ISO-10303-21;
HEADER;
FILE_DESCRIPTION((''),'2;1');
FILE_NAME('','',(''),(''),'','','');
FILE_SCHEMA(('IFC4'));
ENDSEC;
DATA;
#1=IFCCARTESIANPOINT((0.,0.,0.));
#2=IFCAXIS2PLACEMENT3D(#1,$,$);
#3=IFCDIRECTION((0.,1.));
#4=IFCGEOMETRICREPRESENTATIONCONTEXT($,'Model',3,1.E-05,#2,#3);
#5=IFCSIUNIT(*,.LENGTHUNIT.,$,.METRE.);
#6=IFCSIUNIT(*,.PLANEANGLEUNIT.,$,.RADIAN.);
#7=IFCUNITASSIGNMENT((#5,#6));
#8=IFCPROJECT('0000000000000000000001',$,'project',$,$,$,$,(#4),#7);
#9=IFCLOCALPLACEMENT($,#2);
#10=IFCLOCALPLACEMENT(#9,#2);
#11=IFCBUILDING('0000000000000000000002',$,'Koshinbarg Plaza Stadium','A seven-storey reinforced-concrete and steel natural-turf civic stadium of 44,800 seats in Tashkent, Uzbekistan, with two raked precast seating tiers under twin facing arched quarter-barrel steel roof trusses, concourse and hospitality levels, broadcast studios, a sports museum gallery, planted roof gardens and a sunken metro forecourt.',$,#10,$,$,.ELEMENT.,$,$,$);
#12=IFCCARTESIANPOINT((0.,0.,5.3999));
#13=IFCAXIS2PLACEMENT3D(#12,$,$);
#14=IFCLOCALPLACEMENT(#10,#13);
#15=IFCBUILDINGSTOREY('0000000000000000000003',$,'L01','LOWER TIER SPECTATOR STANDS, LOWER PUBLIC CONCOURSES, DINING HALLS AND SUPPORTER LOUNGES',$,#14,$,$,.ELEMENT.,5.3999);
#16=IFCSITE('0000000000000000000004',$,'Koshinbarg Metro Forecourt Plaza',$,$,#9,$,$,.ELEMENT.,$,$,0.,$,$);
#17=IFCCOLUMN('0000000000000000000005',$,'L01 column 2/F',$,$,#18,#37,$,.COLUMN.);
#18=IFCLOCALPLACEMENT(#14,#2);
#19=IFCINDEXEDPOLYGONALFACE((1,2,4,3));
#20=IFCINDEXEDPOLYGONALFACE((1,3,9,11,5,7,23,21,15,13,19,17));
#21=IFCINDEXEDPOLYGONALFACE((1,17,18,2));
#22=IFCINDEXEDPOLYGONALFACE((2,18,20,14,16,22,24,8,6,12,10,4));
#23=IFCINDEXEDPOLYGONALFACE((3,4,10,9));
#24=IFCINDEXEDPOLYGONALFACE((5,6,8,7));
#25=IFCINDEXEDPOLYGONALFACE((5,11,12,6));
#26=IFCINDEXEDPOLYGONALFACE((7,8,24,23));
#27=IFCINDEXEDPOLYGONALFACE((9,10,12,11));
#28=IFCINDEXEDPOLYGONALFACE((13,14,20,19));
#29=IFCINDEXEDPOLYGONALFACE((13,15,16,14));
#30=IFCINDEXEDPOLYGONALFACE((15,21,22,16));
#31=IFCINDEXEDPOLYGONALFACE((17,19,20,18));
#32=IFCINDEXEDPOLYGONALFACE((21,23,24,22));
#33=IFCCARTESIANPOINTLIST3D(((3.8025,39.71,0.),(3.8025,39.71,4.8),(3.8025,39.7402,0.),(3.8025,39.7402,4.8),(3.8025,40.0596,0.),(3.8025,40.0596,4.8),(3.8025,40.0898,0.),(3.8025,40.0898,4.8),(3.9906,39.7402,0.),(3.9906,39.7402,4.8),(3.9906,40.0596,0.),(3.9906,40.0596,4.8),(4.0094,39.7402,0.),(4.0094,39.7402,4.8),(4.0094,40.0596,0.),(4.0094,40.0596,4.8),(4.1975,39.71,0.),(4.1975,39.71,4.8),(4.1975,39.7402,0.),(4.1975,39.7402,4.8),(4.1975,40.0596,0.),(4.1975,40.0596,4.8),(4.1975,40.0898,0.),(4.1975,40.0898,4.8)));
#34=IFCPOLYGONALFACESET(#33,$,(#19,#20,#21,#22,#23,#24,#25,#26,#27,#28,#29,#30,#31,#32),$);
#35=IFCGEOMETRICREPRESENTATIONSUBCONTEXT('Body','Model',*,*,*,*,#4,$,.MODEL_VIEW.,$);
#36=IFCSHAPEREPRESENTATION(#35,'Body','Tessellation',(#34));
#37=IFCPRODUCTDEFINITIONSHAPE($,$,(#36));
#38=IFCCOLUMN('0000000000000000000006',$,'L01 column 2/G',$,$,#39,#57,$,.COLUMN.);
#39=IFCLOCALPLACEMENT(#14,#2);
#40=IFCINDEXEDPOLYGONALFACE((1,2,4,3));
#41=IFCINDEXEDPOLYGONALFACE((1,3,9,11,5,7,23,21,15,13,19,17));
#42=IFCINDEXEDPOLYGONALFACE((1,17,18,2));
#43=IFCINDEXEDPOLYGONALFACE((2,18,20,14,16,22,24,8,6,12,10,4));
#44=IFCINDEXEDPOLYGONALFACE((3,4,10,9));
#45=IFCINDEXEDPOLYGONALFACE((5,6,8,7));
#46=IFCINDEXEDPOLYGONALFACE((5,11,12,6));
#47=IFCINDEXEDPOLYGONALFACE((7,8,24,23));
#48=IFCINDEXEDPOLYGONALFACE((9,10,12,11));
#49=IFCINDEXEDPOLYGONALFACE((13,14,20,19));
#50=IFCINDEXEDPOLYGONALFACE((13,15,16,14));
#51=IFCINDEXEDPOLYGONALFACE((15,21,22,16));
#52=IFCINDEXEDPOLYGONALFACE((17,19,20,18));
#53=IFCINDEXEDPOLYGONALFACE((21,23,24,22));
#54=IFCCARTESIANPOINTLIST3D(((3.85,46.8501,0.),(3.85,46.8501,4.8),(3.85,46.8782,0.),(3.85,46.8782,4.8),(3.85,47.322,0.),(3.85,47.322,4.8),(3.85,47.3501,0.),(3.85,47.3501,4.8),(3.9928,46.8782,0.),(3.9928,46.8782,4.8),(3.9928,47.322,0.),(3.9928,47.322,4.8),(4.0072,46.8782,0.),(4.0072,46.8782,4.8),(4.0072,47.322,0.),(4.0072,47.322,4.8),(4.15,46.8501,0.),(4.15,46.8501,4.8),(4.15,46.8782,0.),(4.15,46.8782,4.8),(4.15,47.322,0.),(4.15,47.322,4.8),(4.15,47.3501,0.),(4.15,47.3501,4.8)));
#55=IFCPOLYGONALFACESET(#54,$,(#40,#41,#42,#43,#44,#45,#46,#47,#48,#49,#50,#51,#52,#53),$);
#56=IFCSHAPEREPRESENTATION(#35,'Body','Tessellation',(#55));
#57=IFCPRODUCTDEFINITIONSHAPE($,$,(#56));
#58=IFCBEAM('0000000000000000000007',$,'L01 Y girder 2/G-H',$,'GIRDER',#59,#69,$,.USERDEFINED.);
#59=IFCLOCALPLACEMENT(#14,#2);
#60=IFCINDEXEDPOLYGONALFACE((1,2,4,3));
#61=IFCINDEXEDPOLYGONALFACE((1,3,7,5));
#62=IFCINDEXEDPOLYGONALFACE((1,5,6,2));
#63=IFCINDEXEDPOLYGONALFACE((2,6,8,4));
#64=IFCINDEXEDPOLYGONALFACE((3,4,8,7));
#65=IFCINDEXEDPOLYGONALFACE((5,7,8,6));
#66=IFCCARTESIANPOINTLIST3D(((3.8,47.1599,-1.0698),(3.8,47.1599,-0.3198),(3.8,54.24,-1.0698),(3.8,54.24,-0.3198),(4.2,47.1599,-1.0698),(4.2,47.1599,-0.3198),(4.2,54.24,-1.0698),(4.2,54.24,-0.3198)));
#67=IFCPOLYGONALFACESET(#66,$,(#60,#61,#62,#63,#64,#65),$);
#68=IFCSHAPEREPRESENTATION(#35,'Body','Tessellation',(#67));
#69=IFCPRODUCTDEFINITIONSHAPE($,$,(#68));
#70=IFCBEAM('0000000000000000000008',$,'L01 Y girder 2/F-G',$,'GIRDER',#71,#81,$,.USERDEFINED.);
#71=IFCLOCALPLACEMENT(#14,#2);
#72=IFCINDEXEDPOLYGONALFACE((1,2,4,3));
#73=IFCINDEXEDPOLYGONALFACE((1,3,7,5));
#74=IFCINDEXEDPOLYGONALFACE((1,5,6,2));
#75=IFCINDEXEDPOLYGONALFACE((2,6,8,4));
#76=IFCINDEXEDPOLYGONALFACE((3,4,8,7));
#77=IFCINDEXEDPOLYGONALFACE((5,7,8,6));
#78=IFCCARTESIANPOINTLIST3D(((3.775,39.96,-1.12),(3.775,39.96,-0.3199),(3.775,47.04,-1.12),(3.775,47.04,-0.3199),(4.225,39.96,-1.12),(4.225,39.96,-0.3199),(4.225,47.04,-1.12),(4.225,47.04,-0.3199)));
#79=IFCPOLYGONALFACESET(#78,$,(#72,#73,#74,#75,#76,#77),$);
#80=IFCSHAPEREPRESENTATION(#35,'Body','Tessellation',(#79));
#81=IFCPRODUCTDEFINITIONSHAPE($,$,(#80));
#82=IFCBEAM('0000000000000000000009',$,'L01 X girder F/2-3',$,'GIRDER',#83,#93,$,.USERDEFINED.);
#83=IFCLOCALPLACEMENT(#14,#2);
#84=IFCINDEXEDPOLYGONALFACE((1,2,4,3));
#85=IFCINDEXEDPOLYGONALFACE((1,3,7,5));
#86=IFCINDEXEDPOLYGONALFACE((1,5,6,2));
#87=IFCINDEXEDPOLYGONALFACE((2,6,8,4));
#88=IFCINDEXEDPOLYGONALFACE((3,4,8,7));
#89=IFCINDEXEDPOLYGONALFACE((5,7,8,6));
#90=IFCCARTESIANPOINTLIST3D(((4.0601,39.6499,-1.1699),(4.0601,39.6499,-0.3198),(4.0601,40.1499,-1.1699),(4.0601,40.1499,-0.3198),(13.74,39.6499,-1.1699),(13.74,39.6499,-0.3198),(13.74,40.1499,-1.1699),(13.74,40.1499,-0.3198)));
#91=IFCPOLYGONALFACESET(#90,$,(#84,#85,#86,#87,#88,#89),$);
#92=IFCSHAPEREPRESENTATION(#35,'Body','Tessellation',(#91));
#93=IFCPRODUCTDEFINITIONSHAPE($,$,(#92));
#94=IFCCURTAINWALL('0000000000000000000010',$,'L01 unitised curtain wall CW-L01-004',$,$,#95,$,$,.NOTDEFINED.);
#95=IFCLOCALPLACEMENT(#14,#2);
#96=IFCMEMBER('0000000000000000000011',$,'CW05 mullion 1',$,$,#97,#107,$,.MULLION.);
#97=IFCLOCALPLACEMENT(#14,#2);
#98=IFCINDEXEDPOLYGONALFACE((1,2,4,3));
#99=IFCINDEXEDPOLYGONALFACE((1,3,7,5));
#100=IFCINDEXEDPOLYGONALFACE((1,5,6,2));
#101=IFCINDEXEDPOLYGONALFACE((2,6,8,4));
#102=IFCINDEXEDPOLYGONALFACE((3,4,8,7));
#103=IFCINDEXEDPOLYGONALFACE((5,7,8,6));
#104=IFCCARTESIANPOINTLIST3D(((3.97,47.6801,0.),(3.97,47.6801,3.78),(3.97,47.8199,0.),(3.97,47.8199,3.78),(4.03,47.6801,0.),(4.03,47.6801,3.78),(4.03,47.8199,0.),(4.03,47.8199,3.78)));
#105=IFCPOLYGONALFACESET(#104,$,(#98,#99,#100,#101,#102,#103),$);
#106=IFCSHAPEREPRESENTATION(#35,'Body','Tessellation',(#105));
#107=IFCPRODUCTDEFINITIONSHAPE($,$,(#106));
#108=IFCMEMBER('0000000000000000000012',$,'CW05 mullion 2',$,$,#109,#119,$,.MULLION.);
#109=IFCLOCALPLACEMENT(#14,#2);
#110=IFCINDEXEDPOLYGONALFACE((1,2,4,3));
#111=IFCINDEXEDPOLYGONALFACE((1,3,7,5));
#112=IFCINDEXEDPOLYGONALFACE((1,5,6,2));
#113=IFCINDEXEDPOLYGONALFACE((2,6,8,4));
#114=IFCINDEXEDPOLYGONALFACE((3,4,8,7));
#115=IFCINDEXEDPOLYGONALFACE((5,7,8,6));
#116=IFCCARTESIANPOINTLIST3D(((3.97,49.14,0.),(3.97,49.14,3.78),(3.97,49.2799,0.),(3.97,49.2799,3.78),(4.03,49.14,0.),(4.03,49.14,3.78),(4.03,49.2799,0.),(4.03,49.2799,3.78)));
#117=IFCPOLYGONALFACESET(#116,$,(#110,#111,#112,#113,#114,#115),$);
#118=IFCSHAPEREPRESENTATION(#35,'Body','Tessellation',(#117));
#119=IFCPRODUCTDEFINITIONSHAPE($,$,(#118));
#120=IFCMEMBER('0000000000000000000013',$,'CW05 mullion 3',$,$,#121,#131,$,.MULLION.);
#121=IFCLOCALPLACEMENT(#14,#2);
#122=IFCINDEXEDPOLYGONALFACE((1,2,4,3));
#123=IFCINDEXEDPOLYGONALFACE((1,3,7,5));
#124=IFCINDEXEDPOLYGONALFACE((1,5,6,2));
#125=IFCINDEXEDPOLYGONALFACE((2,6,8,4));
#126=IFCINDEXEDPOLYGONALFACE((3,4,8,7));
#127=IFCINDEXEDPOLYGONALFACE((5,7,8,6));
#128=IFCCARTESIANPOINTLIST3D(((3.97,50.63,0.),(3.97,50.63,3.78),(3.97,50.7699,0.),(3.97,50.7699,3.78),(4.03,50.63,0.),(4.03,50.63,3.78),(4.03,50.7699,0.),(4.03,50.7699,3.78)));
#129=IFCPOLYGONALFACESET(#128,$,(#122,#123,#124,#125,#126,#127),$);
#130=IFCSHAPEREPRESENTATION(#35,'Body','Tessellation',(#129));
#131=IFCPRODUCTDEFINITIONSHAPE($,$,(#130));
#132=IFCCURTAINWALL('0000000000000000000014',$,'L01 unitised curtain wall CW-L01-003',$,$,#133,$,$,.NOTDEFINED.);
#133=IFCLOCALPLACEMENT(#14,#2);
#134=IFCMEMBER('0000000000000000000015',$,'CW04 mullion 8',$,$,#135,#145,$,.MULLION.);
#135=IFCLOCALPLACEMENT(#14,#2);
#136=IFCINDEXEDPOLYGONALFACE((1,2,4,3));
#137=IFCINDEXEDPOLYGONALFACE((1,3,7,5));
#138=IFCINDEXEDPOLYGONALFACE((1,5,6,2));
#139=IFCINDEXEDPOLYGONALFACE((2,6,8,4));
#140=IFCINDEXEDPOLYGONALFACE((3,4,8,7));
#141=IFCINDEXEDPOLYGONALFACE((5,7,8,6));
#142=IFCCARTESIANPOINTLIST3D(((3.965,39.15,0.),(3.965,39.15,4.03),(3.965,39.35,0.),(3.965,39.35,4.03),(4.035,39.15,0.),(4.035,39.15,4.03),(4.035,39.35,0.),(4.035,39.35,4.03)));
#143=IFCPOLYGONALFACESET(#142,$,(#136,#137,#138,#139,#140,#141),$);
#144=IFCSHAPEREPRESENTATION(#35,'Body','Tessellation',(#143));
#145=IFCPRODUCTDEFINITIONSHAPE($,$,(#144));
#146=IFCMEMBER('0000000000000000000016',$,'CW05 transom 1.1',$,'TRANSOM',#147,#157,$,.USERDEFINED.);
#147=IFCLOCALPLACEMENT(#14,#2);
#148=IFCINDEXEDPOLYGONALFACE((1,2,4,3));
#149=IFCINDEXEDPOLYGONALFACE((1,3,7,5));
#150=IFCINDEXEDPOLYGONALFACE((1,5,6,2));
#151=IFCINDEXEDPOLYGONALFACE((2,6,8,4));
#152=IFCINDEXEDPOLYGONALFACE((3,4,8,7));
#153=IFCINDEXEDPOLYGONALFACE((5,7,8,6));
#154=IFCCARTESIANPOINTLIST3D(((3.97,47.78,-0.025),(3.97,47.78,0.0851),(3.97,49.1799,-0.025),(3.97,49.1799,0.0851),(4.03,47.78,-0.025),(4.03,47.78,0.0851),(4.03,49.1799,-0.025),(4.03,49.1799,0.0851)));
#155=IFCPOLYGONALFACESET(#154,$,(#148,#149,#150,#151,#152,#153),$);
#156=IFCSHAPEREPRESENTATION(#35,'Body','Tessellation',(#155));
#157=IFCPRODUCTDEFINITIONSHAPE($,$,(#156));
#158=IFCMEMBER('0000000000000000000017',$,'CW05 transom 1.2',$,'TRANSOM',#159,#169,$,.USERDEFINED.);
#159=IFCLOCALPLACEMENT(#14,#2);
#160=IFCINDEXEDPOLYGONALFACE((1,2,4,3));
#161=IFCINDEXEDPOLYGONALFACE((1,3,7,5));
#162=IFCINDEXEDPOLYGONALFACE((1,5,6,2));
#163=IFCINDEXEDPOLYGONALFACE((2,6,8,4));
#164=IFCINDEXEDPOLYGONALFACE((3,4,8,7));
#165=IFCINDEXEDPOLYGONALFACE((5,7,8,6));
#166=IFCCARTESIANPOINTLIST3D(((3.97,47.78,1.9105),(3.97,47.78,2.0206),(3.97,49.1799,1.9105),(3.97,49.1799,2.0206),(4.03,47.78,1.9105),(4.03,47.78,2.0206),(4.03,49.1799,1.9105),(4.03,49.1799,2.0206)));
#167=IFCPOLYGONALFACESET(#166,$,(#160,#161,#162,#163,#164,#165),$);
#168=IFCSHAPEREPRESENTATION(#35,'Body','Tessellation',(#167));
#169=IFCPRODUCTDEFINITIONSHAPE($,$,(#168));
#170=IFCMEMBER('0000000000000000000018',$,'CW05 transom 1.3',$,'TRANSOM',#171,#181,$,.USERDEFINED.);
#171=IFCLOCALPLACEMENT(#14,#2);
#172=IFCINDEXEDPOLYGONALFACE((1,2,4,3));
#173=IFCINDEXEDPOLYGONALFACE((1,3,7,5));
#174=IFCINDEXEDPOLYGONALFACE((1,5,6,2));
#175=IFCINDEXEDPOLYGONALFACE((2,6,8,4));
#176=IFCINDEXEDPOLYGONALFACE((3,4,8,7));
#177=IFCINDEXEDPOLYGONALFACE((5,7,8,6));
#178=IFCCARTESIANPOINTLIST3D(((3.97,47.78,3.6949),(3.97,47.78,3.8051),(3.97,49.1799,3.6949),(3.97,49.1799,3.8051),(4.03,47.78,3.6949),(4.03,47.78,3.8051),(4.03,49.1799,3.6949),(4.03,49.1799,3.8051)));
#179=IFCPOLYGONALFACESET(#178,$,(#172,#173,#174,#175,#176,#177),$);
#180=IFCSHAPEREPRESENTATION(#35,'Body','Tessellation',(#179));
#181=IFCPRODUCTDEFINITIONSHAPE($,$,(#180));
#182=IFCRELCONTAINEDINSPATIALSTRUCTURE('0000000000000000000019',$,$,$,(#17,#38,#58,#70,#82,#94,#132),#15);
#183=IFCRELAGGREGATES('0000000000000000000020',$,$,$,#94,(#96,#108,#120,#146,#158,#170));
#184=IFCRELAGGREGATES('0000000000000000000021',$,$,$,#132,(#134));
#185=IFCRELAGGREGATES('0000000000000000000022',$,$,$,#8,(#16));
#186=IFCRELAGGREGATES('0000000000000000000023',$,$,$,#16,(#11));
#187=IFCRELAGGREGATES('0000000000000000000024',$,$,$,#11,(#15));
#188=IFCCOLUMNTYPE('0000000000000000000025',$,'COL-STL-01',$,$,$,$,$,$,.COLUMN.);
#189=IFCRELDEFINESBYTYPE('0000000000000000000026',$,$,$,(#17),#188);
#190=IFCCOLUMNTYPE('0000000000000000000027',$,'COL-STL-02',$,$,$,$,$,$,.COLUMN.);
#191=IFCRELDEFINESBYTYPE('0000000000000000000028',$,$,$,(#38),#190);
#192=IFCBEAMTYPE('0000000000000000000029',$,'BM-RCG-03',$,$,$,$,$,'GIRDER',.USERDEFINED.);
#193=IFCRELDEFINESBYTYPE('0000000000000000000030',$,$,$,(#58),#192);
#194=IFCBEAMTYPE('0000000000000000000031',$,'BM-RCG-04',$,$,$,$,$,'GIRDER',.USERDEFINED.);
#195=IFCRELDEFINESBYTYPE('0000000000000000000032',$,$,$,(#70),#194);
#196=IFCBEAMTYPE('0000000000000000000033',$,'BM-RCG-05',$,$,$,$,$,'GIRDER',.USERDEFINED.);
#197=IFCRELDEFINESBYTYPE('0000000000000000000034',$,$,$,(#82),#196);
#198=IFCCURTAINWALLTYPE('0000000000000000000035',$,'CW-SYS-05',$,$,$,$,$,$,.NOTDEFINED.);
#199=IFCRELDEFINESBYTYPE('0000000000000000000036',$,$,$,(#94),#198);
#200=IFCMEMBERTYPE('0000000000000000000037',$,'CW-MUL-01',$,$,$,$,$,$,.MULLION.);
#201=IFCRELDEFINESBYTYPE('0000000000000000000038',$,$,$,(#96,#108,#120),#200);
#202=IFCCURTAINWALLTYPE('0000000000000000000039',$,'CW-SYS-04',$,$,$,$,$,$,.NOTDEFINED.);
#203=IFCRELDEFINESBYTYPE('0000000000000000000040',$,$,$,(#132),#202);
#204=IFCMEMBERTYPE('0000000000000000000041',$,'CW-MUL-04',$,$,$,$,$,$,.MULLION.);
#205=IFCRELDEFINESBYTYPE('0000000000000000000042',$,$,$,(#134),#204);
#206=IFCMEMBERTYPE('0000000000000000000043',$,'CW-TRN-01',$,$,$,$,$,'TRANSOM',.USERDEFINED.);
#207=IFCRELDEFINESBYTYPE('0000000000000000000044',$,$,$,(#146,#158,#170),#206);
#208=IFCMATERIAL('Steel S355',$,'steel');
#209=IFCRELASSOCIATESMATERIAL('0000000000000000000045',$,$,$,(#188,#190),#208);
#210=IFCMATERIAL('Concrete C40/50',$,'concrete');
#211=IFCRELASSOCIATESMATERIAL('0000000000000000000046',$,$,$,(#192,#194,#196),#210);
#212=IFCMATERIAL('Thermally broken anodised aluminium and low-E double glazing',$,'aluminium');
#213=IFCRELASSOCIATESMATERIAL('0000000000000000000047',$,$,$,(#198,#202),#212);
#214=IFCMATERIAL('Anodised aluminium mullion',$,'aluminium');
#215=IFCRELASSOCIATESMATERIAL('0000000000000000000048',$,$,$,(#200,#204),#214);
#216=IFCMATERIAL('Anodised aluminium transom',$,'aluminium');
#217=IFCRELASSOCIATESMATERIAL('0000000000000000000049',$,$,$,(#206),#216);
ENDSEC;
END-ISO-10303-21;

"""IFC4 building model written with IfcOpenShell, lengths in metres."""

from ifc_helpers import new_model, si_unit, direction, frame, origin, origin_2d, place, context, subcontext, project, spatial, rectangle, i_section, extrude, material, material_profile, profile_set, type_object, element, aggregate, save


model = new_model("IFC4")

# Units and contexts
model_context = context("Model", 3, precision=1e-05, world=origin(), true_north=direction((0.0, 1.0)))
body_context = subcontext(model_context, "Body", "Model", "MODEL_VIEW")
ifc_project = project(units=[si_unit("LENGTHUNIT", "METRE"), si_unit("PLANEANGLEUNIT", "RADIAN")], contexts=[model_context])

# Site, building, storey
site_placement = place(None, origin())
site = spatial("IfcSite", under=ifc_project, at=site_placement, Name="Koshinbarg Metro Forecourt Plaza", CompositionType="ELEMENT", RefElevation=0.0)
building_placement = place(site_placement, origin())
building = spatial("IfcBuilding", under=site, at=building_placement, Name="Koshinbarg Plaza Stadium", Description="A seven-storey reinforced-concrete and steel natural-turf civic stadium of 44,800 seats in Tashkent, Uzbekistan, with two raked precast seating tiers under twin facing arched quarter-barrel steel roof trusses, concourse and hospitality levels, broadcast studios, a sports museum gallery, planted roof gardens and a sunken metro forecourt.", CompositionType="ELEMENT")
storey_placement = place(building_placement, frame((0.0, 0.0, 5.3999)))
storey = spatial("IfcBuildingStorey", under=building, at=storey_placement, Name="L01", Description="LOWER TIER SPECTATOR STANDS, LOWER PUBLIC CONCOURSES, DINING HALLS AND SUPPORTER LOUNGES", CompositionType="ELEMENT", Elevation=5.3999)

# Columns
ifc_material_1 = material(Name="Steel S355", Category="steel")
ifc_material_profile_1 = material_profile(ifc_material_1, i_section(OverallWidth=0.395, OverallDepth=0.3799, WebThickness=0.0188, FlangeThickness=0.0303, at=origin_2d()), Name="HD 400x237")
ifc_profile_set_1 = profile_set([ifc_material_profile_1], Name="Steel S355")
column_type_1 = type_object("IfcColumnType", Name="COL-STL-01", PredefinedType="COLUMN", material=ifc_profile_set_1)
column_1_placement = place(storey_placement, frame((4.0, 39.8999, 0.0), z_axis=(0.0, 0.0, 1.0), x_axis=(1.0, 0.0, 0.0)))
element("IfcColumn", 1, at=column_1_placement, inside=storey, type_object=column_type_1, Name="L01 column 2/F", PredefinedType="COLUMN", context=body_context, shape_type="SweptSolid", body=[
    extrude(i_section(OverallWidth=0.395, OverallDepth=0.3799, WebThickness=0.0188, FlangeThickness=0.0303, at=origin_2d()), origin(), (0.0, 0.0, 1.0), 4.8),
])
ifc_material_profile_2 = material_profile(ifc_material_1, i_section(OverallWidth=0.3, OverallDepth=0.5, WebThickness=0.0144, FlangeThickness=0.0281, at=origin_2d()), Name="HEB 500")
ifc_profile_set_2 = profile_set([ifc_material_profile_2], Name="Steel S355")
column_type_2 = type_object("IfcColumnType", Name="COL-STL-02", PredefinedType="COLUMN", material=ifc_profile_set_2)
column_2_placement = place(storey_placement, frame((4.0, 47.1001, 0.0), z_axis=(0.0, 0.0, 1.0), x_axis=(1.0, 0.0, 0.0)))
element("IfcColumn", 2, at=column_2_placement, inside=storey, type_object=column_type_2, Name="L01 column 2/G", PredefinedType="COLUMN", context=body_context, shape_type="SweptSolid", body=[
    extrude(i_section(OverallWidth=0.3, OverallDepth=0.5, WebThickness=0.0144, FlangeThickness=0.0281, at=origin_2d()), origin(), (0.0, 0.0, 1.0), 4.8),
])

# Beams
ifc_material_2 = material(Name="Concrete C40/50", Category="concrete")
ifc_material_profile_3 = material_profile(ifc_material_2, rectangle(XDim=0.3999, YDim=0.75, at=origin_2d()), Name="RC 400x750")
ifc_profile_set_3 = profile_set([ifc_material_profile_3], Name="Concrete C40/50")
beam_type_1 = type_object("IfcBeamType", Name="BM-RCG-03", ElementType="GIRDER", PredefinedType="USERDEFINED", material=ifc_profile_set_3)
beam_1_placement = place(storey_placement, frame((4.0, 47.1599, -0.6948), z_axis=(0.0, 1.0, 0.0), x_axis=(-1.0, 0.0, 0.0)))
element("IfcBeam", 3, at=beam_1_placement, inside=storey, type_object=beam_type_1, Name="L01 Y girder 2/G-H", ObjectType="GIRDER", PredefinedType="USERDEFINED", context=body_context, shape_type="SweptSolid", body=[
    extrude(rectangle(XDim=0.3999, YDim=0.75, at=origin_2d()), origin(), (0.0, 0.0, 1.0), 7.0801),
])
ifc_material_profile_4 = material_profile(ifc_material_2, rectangle(XDim=0.45, YDim=0.8, at=origin_2d()), Name="RC 450x800")
ifc_profile_set_4 = profile_set([ifc_material_profile_4], Name="Concrete C40/50")
beam_type_2 = type_object("IfcBeamType", Name="BM-RCG-04", ElementType="GIRDER", PredefinedType="USERDEFINED", material=ifc_profile_set_4)
beam_2_placement = place(storey_placement, frame((4.0, 39.96, -0.72), z_axis=(0.0, 1.0, 0.0), x_axis=(-1.0, 0.0, 0.0)))
element("IfcBeam", 4, at=beam_2_placement, inside=storey, type_object=beam_type_2, Name="L01 Y girder 2/F-G", ObjectType="GIRDER", PredefinedType="USERDEFINED", context=body_context, shape_type="SweptSolid", body=[
    extrude(rectangle(XDim=0.45, YDim=0.8, at=origin_2d()), origin(), (0.0, 0.0, 1.0), 7.0801),
])
ifc_material_profile_5 = material_profile(ifc_material_2, rectangle(XDim=0.5, YDim=0.8501, at=origin_2d()), Name="RC 500x850")
ifc_profile_set_5 = profile_set([ifc_material_profile_5], Name="Concrete C40/50")
beam_type_3 = type_object("IfcBeamType", Name="BM-RCG-05", ElementType="GIRDER", PredefinedType="USERDEFINED", material=ifc_profile_set_5)
beam_3_placement = place(storey_placement, frame((4.0601, 39.8999, -0.7449), z_axis=(1.0, 0.0, 0.0), x_axis=(0.0, 1.0, 0.0)))
element("IfcBeam", 5, at=beam_3_placement, inside=storey, type_object=beam_type_3, Name="L01 X girder F/2-3", ObjectType="GIRDER", PredefinedType="USERDEFINED", context=body_context, shape_type="SweptSolid", body=[
    extrude(rectangle(XDim=0.5, YDim=0.8501, at=origin_2d()), origin(), (0.0, 0.0, 1.0), 9.6799),
])

# Curtain wall, members
ifc_material_3 = material(Name="Thermally broken anodised aluminium and low-E double glazing", Category="aluminium")
curtain_wall_type_1 = type_object("IfcCurtainWallType", Name="CW-SYS-05", PredefinedType="NOTDEFINED", material=ifc_material_3)
curtain_wall_1_placement = place(storey_placement, origin())
curtain_wall_1 = element("IfcCurtainWall", 6, at=curtain_wall_1_placement, inside=storey, type_object=curtain_wall_type_1, Name="L01 unitised curtain wall CW-L01-004", PredefinedType="NOTDEFINED")
ifc_material_4 = material(Name="Anodised aluminium mullion", Category="aluminium")
ifc_material_profile_6 = material_profile(ifc_material_4, rectangle(XDim=0.0601, YDim=0.1399, at=origin_2d()), Name="ALU 60x140")
ifc_profile_set_6 = profile_set([ifc_material_profile_6], Name="Anodised aluminium mullion")
member_type_1 = type_object("IfcMemberType", Name="CW-MUL-01", PredefinedType="MULLION", material=ifc_profile_set_6)
member_1_placement = place(storey_placement, frame((4.0, 47.75, 0.0), z_axis=(0.0, 0.0, 1.0), x_axis=(-1.0, 0.0, 0.0)))
member_1 = element("IfcMember", 7, at=member_1_placement, type_object=member_type_1, Name="CW05 mullion 1", PredefinedType="MULLION", context=body_context, shape_type="SweptSolid", body=[
    extrude(rectangle(XDim=0.0601, YDim=0.1399, at=origin_2d()), origin(), (0.0, 0.0, 1.0), 3.78),
])
member_2_placement = place(storey_placement, frame((4.0, 49.21, 0.0), z_axis=(0.0, 0.0, 1.0), x_axis=(-1.0, 0.0, 0.0)))
member_2 = element("IfcMember", 8, at=member_2_placement, type_object=member_type_1, Name="CW05 mullion 2", PredefinedType="MULLION", context=body_context, shape_type="SweptSolid", body=[
    extrude(rectangle(XDim=0.0601, YDim=0.1399, at=origin_2d()), origin(), (0.0, 0.0, 1.0), 3.78),
])
member_3_placement = place(storey_placement, frame((4.0, 50.7, 0.0), z_axis=(0.0, 0.0, 1.0), x_axis=(-1.0, 0.0, 0.0)))
member_3 = element("IfcMember", 9, at=member_3_placement, type_object=member_type_1, Name="CW05 mullion 3", PredefinedType="MULLION", context=body_context, shape_type="SweptSolid", body=[
    extrude(rectangle(XDim=0.0601, YDim=0.1399, at=origin_2d()), origin(), (0.0, 0.0, 1.0), 3.78),
])

# Curtain wall, member
curtain_wall_type_2 = type_object("IfcCurtainWallType", Name="CW-SYS-04", PredefinedType="NOTDEFINED", material=ifc_material_3)
curtain_wall_2_placement = place(storey_placement, origin())
curtain_wall_2 = element("IfcCurtainWall", 10, at=curtain_wall_2_placement, inside=storey, type_object=curtain_wall_type_2, Name="L01 unitised curtain wall CW-L01-003", PredefinedType="NOTDEFINED")
ifc_material_profile_7 = material_profile(ifc_material_4, rectangle(XDim=0.0701, YDim=0.2, at=origin_2d()), Name="ALU 70x200")
ifc_profile_set_7 = profile_set([ifc_material_profile_7], Name="Anodised aluminium mullion")
member_type_2 = type_object("IfcMemberType", Name="CW-MUL-04", PredefinedType="MULLION", material=ifc_profile_set_7)
member_4_placement = place(storey_placement, frame((4.0, 39.25, 0.0), z_axis=(0.0, 0.0, 1.0), x_axis=(-1.0, 0.0, 0.0)))
member_4 = element("IfcMember", 11, at=member_4_placement, type_object=member_type_2, Name="CW04 mullion 8", PredefinedType="MULLION", context=body_context, shape_type="SweptSolid", body=[
    extrude(rectangle(XDim=0.0701, YDim=0.2, at=origin_2d()), origin(), (0.0, 0.0, 1.0), 4.03),
])

# Members
ifc_material_5 = material(Name="Anodised aluminium transom", Category="aluminium")
ifc_material_profile_8 = material_profile(ifc_material_5, rectangle(XDim=0.0601, YDim=0.1101, at=origin_2d()), Name="ALU 60x110")
ifc_profile_set_8 = profile_set([ifc_material_profile_8], Name="Anodised aluminium transom")
member_type_3 = type_object("IfcMemberType", Name="CW-TRN-01", ElementType="TRANSOM", PredefinedType="USERDEFINED", material=ifc_profile_set_8)
member_5_placement = place(storey_placement, frame((4.0, 47.78, 0.03), z_axis=(0.0, 1.0, 0.0), x_axis=(-1.0, 0.0, 0.0)))
member_5 = element("IfcMember", 12, at=member_5_placement, type_object=member_type_3, Name="CW05 transom 1.1", ObjectType="TRANSOM", PredefinedType="USERDEFINED", context=body_context, shape_type="SweptSolid", body=[
    extrude(rectangle(XDim=0.0601, YDim=0.1101, at=origin_2d()), origin(), (0.0, 0.0, 1.0), 1.3999),
])
member_6_placement = place(storey_placement, frame((4.0, 47.78, 1.9656), z_axis=(0.0, 1.0, 0.0), x_axis=(-1.0, 0.0, 0.0)))
member_6 = element("IfcMember", 13, at=member_6_placement, type_object=member_type_3, Name="CW05 transom 1.2", ObjectType="TRANSOM", PredefinedType="USERDEFINED", context=body_context, shape_type="SweptSolid", body=[
    extrude(rectangle(XDim=0.0601, YDim=0.1101, at=origin_2d()), origin(), (0.0, 0.0, 1.0), 1.3999),
])
member_7_placement = place(storey_placement, frame((4.0, 47.78, 3.75), z_axis=(0.0, 1.0, 0.0), x_axis=(-1.0, 0.0, 0.0)))
member_7 = element("IfcMember", 14, at=member_7_placement, type_object=member_type_3, Name="CW05 transom 1.3", ObjectType="TRANSOM", PredefinedType="USERDEFINED", context=body_context, shape_type="SweptSolid", body=[
    extrude(rectangle(XDim=0.0601, YDim=0.1101, at=origin_2d()), origin(), (0.0, 0.0, 1.0), 1.3999),
])

aggregate(curtain_wall_1, [member_1, member_2, member_3, member_5, member_6, member_7])
aggregate(curtain_wall_2, [member_4])

save(model, "model.ifc")
